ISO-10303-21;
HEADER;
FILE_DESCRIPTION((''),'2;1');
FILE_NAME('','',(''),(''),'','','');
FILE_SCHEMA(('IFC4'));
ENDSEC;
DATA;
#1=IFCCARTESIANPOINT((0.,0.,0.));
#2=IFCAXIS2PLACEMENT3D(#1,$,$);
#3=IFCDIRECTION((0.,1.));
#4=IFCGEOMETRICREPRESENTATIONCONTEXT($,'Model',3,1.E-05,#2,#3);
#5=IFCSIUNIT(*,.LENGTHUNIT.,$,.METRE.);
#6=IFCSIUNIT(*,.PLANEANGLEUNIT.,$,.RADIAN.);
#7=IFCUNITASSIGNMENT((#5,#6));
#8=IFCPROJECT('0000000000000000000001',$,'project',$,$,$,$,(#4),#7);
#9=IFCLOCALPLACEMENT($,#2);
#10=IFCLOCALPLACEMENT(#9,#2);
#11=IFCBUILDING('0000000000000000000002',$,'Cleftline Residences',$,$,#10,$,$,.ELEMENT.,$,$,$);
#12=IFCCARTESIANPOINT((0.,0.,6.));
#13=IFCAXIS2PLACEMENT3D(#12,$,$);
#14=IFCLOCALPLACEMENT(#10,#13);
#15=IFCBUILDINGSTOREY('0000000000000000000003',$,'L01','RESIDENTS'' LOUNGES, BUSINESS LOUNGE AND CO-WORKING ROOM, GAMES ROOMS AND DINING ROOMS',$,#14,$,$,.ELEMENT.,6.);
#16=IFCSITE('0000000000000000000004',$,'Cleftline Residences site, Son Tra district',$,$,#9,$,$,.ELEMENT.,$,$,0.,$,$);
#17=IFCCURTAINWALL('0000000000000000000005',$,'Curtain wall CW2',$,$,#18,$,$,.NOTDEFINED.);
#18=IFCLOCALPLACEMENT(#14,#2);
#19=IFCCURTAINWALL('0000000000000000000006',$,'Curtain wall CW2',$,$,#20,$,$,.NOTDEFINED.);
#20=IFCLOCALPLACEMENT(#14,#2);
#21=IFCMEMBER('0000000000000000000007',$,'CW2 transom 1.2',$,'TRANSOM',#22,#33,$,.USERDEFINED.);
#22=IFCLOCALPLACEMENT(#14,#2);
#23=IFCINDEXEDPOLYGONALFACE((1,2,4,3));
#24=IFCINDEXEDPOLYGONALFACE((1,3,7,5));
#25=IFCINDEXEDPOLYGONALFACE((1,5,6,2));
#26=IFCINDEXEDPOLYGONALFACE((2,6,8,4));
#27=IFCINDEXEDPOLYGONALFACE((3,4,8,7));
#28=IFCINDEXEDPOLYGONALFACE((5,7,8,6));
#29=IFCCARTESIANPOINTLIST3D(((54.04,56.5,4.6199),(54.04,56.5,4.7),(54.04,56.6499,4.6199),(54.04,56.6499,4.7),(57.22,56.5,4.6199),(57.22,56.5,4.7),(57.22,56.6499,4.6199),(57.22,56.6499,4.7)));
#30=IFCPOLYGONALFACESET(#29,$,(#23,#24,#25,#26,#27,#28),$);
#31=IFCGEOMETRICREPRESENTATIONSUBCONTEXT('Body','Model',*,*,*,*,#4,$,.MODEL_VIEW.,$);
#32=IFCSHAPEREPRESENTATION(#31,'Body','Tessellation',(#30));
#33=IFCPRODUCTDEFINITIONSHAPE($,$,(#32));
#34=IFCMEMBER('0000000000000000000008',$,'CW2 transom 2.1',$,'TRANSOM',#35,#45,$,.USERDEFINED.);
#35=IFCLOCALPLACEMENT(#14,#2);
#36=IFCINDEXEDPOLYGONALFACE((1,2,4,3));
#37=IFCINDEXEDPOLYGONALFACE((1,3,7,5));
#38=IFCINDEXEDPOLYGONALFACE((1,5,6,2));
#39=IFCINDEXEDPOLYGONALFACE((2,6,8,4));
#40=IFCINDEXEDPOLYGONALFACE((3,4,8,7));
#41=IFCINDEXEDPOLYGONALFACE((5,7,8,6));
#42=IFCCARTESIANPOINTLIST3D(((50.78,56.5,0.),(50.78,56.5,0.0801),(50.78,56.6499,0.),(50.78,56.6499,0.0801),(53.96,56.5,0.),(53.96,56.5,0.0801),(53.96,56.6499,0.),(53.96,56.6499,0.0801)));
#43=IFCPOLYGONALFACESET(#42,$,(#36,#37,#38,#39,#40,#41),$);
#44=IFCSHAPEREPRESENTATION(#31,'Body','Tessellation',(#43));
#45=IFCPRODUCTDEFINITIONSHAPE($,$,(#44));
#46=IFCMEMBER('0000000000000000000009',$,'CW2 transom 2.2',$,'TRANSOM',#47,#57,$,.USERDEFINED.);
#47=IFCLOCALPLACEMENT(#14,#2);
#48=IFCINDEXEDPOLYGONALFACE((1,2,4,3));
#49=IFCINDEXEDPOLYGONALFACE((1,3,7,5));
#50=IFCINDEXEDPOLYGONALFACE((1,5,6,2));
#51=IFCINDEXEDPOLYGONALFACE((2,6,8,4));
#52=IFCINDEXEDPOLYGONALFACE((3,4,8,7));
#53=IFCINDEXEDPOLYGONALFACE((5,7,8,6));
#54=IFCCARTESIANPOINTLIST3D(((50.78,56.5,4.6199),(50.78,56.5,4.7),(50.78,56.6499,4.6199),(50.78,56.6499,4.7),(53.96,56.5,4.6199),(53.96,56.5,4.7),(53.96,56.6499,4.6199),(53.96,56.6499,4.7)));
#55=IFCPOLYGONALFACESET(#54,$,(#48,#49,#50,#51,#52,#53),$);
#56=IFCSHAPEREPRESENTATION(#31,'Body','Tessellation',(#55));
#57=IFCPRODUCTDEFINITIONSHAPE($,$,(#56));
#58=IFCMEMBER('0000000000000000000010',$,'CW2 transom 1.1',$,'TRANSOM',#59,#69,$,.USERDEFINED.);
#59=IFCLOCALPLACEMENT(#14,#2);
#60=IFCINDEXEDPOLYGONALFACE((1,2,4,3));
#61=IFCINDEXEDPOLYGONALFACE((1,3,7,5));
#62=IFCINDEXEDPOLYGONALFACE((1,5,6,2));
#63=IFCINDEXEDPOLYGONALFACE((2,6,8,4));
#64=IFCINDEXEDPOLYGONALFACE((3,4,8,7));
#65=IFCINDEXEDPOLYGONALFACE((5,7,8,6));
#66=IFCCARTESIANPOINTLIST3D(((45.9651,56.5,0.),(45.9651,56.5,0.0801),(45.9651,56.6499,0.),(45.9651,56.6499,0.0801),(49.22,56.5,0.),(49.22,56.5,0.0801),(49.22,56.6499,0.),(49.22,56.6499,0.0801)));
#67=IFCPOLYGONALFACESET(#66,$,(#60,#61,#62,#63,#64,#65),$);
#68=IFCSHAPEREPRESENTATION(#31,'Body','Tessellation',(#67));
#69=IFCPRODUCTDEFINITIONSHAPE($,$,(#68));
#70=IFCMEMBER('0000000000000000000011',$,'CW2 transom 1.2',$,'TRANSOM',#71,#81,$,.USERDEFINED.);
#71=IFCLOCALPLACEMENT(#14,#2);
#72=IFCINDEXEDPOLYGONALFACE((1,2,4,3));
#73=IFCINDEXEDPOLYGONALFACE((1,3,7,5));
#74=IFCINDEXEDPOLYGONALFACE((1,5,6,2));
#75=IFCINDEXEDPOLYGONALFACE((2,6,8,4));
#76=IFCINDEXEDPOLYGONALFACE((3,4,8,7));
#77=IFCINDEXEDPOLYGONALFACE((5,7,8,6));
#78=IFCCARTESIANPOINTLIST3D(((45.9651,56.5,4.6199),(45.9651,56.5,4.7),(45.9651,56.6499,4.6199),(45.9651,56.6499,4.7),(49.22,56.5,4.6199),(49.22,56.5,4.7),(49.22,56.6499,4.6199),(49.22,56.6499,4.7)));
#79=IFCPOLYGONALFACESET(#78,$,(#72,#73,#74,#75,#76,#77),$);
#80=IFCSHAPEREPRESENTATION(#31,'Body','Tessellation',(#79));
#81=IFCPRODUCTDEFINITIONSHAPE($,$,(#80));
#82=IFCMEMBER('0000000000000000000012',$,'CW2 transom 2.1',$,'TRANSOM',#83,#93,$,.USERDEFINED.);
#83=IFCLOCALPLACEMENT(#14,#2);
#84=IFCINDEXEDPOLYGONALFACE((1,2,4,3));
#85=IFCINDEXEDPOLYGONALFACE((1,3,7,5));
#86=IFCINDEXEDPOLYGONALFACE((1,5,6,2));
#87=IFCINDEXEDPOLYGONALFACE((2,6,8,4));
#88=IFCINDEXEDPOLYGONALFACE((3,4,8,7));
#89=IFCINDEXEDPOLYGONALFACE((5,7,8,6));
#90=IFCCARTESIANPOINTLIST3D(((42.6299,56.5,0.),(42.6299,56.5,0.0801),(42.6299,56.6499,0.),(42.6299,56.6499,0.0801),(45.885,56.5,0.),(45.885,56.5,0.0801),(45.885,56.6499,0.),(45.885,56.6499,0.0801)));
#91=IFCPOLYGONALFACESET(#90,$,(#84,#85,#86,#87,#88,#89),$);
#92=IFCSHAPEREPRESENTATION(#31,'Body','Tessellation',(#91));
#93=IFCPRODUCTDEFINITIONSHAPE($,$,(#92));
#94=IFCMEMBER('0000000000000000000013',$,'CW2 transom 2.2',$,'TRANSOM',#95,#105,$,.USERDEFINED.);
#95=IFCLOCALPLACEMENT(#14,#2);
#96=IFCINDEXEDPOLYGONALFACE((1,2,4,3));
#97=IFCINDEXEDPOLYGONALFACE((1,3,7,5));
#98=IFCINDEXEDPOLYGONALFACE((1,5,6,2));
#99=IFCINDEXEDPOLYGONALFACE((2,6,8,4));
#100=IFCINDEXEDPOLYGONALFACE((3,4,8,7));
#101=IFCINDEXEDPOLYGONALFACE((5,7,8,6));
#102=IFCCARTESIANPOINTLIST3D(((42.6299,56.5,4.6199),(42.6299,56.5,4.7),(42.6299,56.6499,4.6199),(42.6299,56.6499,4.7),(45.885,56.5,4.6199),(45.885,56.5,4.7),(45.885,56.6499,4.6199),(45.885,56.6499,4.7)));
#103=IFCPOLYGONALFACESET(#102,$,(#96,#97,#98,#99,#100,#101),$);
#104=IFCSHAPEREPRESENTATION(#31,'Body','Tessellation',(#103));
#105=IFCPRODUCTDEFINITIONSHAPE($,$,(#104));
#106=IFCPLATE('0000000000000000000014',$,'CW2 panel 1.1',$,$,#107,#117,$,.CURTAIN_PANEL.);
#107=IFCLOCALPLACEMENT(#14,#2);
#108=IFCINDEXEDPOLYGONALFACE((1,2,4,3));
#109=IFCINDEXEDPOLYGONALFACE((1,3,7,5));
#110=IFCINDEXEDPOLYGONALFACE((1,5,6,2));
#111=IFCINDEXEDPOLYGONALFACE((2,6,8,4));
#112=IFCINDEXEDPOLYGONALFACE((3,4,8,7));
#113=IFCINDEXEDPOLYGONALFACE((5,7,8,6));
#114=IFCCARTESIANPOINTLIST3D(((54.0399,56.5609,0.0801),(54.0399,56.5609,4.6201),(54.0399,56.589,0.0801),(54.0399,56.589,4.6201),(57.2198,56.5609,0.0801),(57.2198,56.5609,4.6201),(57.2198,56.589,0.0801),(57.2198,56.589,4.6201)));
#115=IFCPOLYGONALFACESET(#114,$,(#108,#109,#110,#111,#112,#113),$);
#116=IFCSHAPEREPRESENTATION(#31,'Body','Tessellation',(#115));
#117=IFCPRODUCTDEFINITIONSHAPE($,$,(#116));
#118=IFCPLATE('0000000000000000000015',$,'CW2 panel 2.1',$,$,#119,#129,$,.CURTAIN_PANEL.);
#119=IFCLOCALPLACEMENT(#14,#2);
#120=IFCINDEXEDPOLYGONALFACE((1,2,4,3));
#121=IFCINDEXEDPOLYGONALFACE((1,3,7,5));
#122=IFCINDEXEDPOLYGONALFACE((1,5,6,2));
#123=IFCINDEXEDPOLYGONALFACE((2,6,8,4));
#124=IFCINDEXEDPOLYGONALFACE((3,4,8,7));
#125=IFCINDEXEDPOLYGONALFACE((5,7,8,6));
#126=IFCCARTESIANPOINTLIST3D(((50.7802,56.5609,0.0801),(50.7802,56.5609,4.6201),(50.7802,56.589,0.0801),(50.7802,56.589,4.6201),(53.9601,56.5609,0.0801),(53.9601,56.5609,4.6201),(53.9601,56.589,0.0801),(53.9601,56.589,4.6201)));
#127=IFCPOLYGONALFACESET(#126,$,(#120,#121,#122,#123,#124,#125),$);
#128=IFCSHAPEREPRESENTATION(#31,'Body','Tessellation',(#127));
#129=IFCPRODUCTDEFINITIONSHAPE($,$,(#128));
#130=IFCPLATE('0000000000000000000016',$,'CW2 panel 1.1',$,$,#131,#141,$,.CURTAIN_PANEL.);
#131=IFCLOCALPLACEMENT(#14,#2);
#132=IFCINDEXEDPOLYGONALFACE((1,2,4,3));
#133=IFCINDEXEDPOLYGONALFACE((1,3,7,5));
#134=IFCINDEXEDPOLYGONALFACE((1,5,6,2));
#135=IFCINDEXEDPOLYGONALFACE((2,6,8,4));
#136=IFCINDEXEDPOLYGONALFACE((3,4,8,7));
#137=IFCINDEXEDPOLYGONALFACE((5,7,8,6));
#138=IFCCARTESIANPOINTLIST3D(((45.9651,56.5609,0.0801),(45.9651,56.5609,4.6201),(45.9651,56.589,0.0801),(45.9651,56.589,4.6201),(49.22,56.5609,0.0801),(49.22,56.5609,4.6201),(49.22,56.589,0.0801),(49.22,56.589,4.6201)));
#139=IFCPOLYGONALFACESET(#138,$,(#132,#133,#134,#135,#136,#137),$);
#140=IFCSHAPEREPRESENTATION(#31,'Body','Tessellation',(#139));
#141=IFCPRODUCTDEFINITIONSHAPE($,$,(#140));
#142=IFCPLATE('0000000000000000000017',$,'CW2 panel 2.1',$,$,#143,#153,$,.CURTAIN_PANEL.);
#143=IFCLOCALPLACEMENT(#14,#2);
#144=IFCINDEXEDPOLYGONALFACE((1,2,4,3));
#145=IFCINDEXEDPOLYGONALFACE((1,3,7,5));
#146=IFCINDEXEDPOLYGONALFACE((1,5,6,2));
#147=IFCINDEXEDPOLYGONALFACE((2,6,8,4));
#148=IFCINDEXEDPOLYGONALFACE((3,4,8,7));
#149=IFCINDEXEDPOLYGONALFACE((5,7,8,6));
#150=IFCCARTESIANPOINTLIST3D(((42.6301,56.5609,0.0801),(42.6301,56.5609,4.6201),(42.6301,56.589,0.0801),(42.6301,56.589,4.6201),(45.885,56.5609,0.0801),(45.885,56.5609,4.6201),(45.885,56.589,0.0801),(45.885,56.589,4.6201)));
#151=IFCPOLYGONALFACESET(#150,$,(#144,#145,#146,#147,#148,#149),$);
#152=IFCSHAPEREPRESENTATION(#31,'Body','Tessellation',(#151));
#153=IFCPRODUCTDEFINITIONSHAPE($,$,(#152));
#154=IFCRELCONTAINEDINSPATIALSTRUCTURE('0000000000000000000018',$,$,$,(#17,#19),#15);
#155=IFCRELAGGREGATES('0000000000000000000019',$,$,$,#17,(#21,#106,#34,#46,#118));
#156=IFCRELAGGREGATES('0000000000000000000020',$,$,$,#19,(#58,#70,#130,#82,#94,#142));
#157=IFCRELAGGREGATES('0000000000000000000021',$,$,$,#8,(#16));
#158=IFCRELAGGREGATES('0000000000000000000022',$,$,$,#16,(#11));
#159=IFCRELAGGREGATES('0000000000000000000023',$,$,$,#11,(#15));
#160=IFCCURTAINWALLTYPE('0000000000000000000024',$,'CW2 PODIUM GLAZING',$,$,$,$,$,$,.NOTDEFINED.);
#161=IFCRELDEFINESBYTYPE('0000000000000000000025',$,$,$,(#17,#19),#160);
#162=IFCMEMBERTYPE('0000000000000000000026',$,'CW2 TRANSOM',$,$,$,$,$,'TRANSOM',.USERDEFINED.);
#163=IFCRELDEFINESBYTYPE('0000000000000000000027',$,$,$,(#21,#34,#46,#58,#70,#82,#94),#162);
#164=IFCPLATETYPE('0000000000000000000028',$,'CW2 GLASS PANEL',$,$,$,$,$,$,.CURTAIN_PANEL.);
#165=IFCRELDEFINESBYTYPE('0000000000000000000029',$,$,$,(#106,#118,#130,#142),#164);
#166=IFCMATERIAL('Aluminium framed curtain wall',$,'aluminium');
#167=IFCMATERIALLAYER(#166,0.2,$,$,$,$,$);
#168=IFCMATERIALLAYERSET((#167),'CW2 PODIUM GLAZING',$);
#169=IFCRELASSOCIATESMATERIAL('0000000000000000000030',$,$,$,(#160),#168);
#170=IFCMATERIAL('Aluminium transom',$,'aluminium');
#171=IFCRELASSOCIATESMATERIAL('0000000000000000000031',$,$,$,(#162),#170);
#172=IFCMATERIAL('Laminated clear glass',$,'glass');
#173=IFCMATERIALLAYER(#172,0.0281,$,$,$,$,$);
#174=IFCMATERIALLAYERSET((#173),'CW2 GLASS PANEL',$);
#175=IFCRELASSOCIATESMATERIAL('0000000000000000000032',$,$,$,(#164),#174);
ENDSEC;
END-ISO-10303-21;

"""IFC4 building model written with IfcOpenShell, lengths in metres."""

from ifc_helpers import new_model, si_unit, direction, frame, origin, origin_2d, place, context, subcontext, project, spatial, rectangle, extrude, material, layer, layer_set, material_profile, profile_set, type_object, element, aggregate, save


model = new_model("IFC4")

# Units and contexts
model_context = context("Model", 3, precision=1e-05, world=origin(), true_north=direction((0.0, 1.0)))
body_context = subcontext(model_context, "Body", "Model", "MODEL_VIEW")
ifc_project = project(units=[si_unit("LENGTHUNIT", "METRE"), si_unit("PLANEANGLEUNIT", "RADIAN")], contexts=[model_context])

# Site, building, storey
site_placement = place(None, origin())
site = spatial("IfcSite", under=ifc_project, at=site_placement, Name="Cleftline Residences site, Son Tra district", CompositionType="ELEMENT", RefElevation=0.0)
building_placement = place(site_placement, origin())
building = spatial("IfcBuilding", under=site, at=building_placement, Name="Cleftline Residences", CompositionType="ELEMENT")
storey_placement = place(building_placement, frame((0.0, 0.0, 6.0)))
storey = spatial("IfcBuildingStorey", under=building, at=storey_placement, Name="L01", Description="RESIDENTS' LOUNGES, BUSINESS LOUNGE AND CO-WORKING ROOM, GAMES ROOMS AND DINING ROOMS", CompositionType="ELEMENT", Elevation=6.0)

# Curtain walls
ifc_material_1 = material(Name="Aluminium framed curtain wall", Category="aluminium")
ifc_layer_1 = layer(ifc_material_1, 0.2)
ifc_layer_set_1 = layer_set([ifc_layer_1], Name="CW2 PODIUM GLAZING")
curtain_wall_type = type_object("IfcCurtainWallType", Name="CW2 PODIUM GLAZING", PredefinedType="NOTDEFINED", material=ifc_layer_set_1)
curtain_wall_1_placement = place(storey_placement, origin())
curtain_wall_1 = element("IfcCurtainWall", 1, at=curtain_wall_1_placement, inside=storey, type_object=curtain_wall_type, Name="Curtain wall CW2", PredefinedType="NOTDEFINED")
curtain_wall_2_placement = place(storey_placement, origin())
curtain_wall_2 = element("IfcCurtainWall", 2, at=curtain_wall_2_placement, inside=storey, type_object=curtain_wall_type, Name="Curtain wall CW2", PredefinedType="NOTDEFINED")

# Members
ifc_material_2 = material(Name="Aluminium transom", Category="aluminium")
ifc_material_profile_1 = material_profile(ifc_material_2, rectangle(XDim=0.1499, YDim=0.0801, at=origin_2d()))
ifc_profile_set_1 = profile_set([ifc_material_profile_1], Name="Aluminium transom")
member_type_1 = type_object("IfcMemberType", Name="CW2 TRANSOM", ElementType="TRANSOM", PredefinedType="USERDEFINED", material=ifc_profile_set_1)
member_1_placement = place(storey_placement, frame((57.22, 56.575, 4.6599), z_axis=(-1.0, 0.0, 0.0), x_axis=(0.0, -1.0, 0.0)))
member_1 = element("IfcMember", 3, at=member_1_placement, type_object=member_type_1, Name="CW2 transom 1.2", ObjectType="TRANSOM", PredefinedType="USERDEFINED", context=body_context, shape_type="SweptSolid", body=[
    extrude(rectangle(XDim=0.1499, YDim=0.0801, at=origin_2d()), origin(), (0.0, 0.0, 1.0), 3.1799),
])
member_2_placement = place(storey_placement, frame((53.96, 56.575, 0.04), z_axis=(-1.0, 0.0, 0.0), x_axis=(0.0, -1.0, 0.0)))
member_2 = element("IfcMember", 4, at=member_2_placement, type_object=member_type_1, Name="CW2 transom 2.1", ObjectType="TRANSOM", PredefinedType="USERDEFINED", context=body_context, shape_type="SweptSolid", body=[
    extrude(rectangle(XDim=0.1499, YDim=0.0801, at=origin_2d()), origin(), (0.0, 0.0, 1.0), 3.1799),
])
member_3_placement = place(storey_placement, frame((53.96, 56.575, 4.6599), z_axis=(-1.0, 0.0, 0.0), x_axis=(0.0, -1.0, 0.0)))
member_3 = element("IfcMember", 5, at=member_3_placement, type_object=member_type_1, Name="CW2 transom 2.2", ObjectType="TRANSOM", PredefinedType="USERDEFINED", context=body_context, shape_type="SweptSolid", body=[
    extrude(rectangle(XDim=0.1499, YDim=0.0801, at=origin_2d()), origin(), (0.0, 0.0, 1.0), 3.1799),
])
member_4_placement = place(storey_placement, frame((49.22, 56.575, 0.04), z_axis=(-1.0, 0.0, 0.0), x_axis=(0.0, -1.0, 0.0)))
member_4 = element("IfcMember", 6, at=member_4_placement, type_object=member_type_1, Name="CW2 transom 1.1", ObjectType="TRANSOM", PredefinedType="USERDEFINED", context=body_context, shape_type="SweptSolid", body=[
    extrude(rectangle(XDim=0.1499, YDim=0.0801, at=origin_2d()), origin(), (0.0, 0.0, 1.0), 3.2549),
])
member_5_placement = place(storey_placement, frame((49.22, 56.575, 4.6599), z_axis=(-1.0, 0.0, 0.0), x_axis=(0.0, -1.0, 0.0)))
member_5 = element("IfcMember", 7, at=member_5_placement, type_object=member_type_1, Name="CW2 transom 1.2", ObjectType="TRANSOM", PredefinedType="USERDEFINED", context=body_context, shape_type="SweptSolid", body=[
    extrude(rectangle(XDim=0.1499, YDim=0.0801, at=origin_2d()), origin(), (0.0, 0.0, 1.0), 3.2549),
])
member_6_placement = place(storey_placement, frame((45.885, 56.575, 0.04), z_axis=(-1.0, 0.0, 0.0), x_axis=(0.0, -1.0, 0.0)))
member_6 = element("IfcMember", 8, at=member_6_placement, type_object=member_type_1, Name="CW2 transom 2.1", ObjectType="TRANSOM", PredefinedType="USERDEFINED", context=body_context, shape_type="SweptSolid", body=[
    extrude(rectangle(XDim=0.1499, YDim=0.0801, at=origin_2d()), origin(), (0.0, 0.0, 1.0), 3.2551),
])
member_7_placement = place(storey_placement, frame((45.885, 56.575, 4.6599), z_axis=(-1.0, 0.0, 0.0), x_axis=(0.0, -1.0, 0.0)))
member_7 = element("IfcMember", 9, at=member_7_placement, type_object=member_type_1, Name="CW2 transom 2.2", ObjectType="TRANSOM", PredefinedType="USERDEFINED", context=body_context, shape_type="SweptSolid", body=[
    extrude(rectangle(XDim=0.1499, YDim=0.0801, at=origin_2d()), origin(), (0.0, 0.0, 1.0), 3.2551),
])

# Plates
ifc_material_3 = material(Name="Laminated clear glass", Category="glass")
ifc_layer_2 = layer(ifc_material_3, 0.0281)
ifc_layer_set_2 = layer_set([ifc_layer_2], Name="CW2 GLASS PANEL")
plate_type = type_object("IfcPlateType", Name="CW2 GLASS PANEL", PredefinedType="CURTAIN_PANEL", material=ifc_layer_set_2)
plate_1_placement = place(storey_placement, frame((55.6299, 56.575, 0.0801), z_axis=(0.0, 0.0, 1.0), x_axis=(-1.0, 0.0, 0.0)))
plate_1 = element("IfcPlate", 10, at=plate_1_placement, type_object=plate_type, Name="CW2 panel 1.1", PredefinedType="CURTAIN_PANEL", context=body_context, shape_type="SweptSolid", body=[
    extrude(rectangle(XDim=3.1799, YDim=0.0281, at=origin_2d()), origin(), (0.0, 0.0, 1.0), 4.54),
])
plate_2_placement = place(storey_placement, frame((52.3701, 56.575, 0.0801), z_axis=(0.0, 0.0, 1.0), x_axis=(-1.0, 0.0, 0.0)))
plate_2 = element("IfcPlate", 11, at=plate_2_placement, type_object=plate_type, Name="CW2 panel 2.1", PredefinedType="CURTAIN_PANEL", context=body_context, shape_type="SweptSolid", body=[
    extrude(rectangle(XDim=3.1799, YDim=0.0281, at=origin_2d()), origin(), (0.0, 0.0, 1.0), 4.54),
])
aggregate(curtain_wall_1, [member_1, plate_1, member_2, member_3, plate_2])
plate_3_placement = place(storey_placement, frame((47.5925, 56.575, 0.0801), z_axis=(0.0, 0.0, 1.0), x_axis=(-1.0, 0.0, 0.0)))
plate_3 = element("IfcPlate", 12, at=plate_3_placement, type_object=plate_type, Name="CW2 panel 1.1", PredefinedType="CURTAIN_PANEL", context=body_context, shape_type="SweptSolid", body=[
    extrude(rectangle(XDim=3.2549, YDim=0.0281, at=origin_2d()), origin(), (0.0, 0.0, 1.0), 4.54),
])
plate_4_placement = place(storey_placement, frame((44.2576, 56.575, 0.0801), z_axis=(0.0, 0.0, 1.0), x_axis=(-1.0, 0.0, 0.0)))
plate_4 = element("IfcPlate", 13, at=plate_4_placement, type_object=plate_type, Name="CW2 panel 2.1", PredefinedType="CURTAIN_PANEL", context=body_context, shape_type="SweptSolid", body=[
    extrude(rectangle(XDim=3.2549, YDim=0.0281, at=origin_2d()), origin(), (0.0, 0.0, 1.0), 4.54),
])
aggregate(curtain_wall_2, [member_4, member_5, plate_3, member_6, member_7, plate_4])

save(model, "model.ifc")
